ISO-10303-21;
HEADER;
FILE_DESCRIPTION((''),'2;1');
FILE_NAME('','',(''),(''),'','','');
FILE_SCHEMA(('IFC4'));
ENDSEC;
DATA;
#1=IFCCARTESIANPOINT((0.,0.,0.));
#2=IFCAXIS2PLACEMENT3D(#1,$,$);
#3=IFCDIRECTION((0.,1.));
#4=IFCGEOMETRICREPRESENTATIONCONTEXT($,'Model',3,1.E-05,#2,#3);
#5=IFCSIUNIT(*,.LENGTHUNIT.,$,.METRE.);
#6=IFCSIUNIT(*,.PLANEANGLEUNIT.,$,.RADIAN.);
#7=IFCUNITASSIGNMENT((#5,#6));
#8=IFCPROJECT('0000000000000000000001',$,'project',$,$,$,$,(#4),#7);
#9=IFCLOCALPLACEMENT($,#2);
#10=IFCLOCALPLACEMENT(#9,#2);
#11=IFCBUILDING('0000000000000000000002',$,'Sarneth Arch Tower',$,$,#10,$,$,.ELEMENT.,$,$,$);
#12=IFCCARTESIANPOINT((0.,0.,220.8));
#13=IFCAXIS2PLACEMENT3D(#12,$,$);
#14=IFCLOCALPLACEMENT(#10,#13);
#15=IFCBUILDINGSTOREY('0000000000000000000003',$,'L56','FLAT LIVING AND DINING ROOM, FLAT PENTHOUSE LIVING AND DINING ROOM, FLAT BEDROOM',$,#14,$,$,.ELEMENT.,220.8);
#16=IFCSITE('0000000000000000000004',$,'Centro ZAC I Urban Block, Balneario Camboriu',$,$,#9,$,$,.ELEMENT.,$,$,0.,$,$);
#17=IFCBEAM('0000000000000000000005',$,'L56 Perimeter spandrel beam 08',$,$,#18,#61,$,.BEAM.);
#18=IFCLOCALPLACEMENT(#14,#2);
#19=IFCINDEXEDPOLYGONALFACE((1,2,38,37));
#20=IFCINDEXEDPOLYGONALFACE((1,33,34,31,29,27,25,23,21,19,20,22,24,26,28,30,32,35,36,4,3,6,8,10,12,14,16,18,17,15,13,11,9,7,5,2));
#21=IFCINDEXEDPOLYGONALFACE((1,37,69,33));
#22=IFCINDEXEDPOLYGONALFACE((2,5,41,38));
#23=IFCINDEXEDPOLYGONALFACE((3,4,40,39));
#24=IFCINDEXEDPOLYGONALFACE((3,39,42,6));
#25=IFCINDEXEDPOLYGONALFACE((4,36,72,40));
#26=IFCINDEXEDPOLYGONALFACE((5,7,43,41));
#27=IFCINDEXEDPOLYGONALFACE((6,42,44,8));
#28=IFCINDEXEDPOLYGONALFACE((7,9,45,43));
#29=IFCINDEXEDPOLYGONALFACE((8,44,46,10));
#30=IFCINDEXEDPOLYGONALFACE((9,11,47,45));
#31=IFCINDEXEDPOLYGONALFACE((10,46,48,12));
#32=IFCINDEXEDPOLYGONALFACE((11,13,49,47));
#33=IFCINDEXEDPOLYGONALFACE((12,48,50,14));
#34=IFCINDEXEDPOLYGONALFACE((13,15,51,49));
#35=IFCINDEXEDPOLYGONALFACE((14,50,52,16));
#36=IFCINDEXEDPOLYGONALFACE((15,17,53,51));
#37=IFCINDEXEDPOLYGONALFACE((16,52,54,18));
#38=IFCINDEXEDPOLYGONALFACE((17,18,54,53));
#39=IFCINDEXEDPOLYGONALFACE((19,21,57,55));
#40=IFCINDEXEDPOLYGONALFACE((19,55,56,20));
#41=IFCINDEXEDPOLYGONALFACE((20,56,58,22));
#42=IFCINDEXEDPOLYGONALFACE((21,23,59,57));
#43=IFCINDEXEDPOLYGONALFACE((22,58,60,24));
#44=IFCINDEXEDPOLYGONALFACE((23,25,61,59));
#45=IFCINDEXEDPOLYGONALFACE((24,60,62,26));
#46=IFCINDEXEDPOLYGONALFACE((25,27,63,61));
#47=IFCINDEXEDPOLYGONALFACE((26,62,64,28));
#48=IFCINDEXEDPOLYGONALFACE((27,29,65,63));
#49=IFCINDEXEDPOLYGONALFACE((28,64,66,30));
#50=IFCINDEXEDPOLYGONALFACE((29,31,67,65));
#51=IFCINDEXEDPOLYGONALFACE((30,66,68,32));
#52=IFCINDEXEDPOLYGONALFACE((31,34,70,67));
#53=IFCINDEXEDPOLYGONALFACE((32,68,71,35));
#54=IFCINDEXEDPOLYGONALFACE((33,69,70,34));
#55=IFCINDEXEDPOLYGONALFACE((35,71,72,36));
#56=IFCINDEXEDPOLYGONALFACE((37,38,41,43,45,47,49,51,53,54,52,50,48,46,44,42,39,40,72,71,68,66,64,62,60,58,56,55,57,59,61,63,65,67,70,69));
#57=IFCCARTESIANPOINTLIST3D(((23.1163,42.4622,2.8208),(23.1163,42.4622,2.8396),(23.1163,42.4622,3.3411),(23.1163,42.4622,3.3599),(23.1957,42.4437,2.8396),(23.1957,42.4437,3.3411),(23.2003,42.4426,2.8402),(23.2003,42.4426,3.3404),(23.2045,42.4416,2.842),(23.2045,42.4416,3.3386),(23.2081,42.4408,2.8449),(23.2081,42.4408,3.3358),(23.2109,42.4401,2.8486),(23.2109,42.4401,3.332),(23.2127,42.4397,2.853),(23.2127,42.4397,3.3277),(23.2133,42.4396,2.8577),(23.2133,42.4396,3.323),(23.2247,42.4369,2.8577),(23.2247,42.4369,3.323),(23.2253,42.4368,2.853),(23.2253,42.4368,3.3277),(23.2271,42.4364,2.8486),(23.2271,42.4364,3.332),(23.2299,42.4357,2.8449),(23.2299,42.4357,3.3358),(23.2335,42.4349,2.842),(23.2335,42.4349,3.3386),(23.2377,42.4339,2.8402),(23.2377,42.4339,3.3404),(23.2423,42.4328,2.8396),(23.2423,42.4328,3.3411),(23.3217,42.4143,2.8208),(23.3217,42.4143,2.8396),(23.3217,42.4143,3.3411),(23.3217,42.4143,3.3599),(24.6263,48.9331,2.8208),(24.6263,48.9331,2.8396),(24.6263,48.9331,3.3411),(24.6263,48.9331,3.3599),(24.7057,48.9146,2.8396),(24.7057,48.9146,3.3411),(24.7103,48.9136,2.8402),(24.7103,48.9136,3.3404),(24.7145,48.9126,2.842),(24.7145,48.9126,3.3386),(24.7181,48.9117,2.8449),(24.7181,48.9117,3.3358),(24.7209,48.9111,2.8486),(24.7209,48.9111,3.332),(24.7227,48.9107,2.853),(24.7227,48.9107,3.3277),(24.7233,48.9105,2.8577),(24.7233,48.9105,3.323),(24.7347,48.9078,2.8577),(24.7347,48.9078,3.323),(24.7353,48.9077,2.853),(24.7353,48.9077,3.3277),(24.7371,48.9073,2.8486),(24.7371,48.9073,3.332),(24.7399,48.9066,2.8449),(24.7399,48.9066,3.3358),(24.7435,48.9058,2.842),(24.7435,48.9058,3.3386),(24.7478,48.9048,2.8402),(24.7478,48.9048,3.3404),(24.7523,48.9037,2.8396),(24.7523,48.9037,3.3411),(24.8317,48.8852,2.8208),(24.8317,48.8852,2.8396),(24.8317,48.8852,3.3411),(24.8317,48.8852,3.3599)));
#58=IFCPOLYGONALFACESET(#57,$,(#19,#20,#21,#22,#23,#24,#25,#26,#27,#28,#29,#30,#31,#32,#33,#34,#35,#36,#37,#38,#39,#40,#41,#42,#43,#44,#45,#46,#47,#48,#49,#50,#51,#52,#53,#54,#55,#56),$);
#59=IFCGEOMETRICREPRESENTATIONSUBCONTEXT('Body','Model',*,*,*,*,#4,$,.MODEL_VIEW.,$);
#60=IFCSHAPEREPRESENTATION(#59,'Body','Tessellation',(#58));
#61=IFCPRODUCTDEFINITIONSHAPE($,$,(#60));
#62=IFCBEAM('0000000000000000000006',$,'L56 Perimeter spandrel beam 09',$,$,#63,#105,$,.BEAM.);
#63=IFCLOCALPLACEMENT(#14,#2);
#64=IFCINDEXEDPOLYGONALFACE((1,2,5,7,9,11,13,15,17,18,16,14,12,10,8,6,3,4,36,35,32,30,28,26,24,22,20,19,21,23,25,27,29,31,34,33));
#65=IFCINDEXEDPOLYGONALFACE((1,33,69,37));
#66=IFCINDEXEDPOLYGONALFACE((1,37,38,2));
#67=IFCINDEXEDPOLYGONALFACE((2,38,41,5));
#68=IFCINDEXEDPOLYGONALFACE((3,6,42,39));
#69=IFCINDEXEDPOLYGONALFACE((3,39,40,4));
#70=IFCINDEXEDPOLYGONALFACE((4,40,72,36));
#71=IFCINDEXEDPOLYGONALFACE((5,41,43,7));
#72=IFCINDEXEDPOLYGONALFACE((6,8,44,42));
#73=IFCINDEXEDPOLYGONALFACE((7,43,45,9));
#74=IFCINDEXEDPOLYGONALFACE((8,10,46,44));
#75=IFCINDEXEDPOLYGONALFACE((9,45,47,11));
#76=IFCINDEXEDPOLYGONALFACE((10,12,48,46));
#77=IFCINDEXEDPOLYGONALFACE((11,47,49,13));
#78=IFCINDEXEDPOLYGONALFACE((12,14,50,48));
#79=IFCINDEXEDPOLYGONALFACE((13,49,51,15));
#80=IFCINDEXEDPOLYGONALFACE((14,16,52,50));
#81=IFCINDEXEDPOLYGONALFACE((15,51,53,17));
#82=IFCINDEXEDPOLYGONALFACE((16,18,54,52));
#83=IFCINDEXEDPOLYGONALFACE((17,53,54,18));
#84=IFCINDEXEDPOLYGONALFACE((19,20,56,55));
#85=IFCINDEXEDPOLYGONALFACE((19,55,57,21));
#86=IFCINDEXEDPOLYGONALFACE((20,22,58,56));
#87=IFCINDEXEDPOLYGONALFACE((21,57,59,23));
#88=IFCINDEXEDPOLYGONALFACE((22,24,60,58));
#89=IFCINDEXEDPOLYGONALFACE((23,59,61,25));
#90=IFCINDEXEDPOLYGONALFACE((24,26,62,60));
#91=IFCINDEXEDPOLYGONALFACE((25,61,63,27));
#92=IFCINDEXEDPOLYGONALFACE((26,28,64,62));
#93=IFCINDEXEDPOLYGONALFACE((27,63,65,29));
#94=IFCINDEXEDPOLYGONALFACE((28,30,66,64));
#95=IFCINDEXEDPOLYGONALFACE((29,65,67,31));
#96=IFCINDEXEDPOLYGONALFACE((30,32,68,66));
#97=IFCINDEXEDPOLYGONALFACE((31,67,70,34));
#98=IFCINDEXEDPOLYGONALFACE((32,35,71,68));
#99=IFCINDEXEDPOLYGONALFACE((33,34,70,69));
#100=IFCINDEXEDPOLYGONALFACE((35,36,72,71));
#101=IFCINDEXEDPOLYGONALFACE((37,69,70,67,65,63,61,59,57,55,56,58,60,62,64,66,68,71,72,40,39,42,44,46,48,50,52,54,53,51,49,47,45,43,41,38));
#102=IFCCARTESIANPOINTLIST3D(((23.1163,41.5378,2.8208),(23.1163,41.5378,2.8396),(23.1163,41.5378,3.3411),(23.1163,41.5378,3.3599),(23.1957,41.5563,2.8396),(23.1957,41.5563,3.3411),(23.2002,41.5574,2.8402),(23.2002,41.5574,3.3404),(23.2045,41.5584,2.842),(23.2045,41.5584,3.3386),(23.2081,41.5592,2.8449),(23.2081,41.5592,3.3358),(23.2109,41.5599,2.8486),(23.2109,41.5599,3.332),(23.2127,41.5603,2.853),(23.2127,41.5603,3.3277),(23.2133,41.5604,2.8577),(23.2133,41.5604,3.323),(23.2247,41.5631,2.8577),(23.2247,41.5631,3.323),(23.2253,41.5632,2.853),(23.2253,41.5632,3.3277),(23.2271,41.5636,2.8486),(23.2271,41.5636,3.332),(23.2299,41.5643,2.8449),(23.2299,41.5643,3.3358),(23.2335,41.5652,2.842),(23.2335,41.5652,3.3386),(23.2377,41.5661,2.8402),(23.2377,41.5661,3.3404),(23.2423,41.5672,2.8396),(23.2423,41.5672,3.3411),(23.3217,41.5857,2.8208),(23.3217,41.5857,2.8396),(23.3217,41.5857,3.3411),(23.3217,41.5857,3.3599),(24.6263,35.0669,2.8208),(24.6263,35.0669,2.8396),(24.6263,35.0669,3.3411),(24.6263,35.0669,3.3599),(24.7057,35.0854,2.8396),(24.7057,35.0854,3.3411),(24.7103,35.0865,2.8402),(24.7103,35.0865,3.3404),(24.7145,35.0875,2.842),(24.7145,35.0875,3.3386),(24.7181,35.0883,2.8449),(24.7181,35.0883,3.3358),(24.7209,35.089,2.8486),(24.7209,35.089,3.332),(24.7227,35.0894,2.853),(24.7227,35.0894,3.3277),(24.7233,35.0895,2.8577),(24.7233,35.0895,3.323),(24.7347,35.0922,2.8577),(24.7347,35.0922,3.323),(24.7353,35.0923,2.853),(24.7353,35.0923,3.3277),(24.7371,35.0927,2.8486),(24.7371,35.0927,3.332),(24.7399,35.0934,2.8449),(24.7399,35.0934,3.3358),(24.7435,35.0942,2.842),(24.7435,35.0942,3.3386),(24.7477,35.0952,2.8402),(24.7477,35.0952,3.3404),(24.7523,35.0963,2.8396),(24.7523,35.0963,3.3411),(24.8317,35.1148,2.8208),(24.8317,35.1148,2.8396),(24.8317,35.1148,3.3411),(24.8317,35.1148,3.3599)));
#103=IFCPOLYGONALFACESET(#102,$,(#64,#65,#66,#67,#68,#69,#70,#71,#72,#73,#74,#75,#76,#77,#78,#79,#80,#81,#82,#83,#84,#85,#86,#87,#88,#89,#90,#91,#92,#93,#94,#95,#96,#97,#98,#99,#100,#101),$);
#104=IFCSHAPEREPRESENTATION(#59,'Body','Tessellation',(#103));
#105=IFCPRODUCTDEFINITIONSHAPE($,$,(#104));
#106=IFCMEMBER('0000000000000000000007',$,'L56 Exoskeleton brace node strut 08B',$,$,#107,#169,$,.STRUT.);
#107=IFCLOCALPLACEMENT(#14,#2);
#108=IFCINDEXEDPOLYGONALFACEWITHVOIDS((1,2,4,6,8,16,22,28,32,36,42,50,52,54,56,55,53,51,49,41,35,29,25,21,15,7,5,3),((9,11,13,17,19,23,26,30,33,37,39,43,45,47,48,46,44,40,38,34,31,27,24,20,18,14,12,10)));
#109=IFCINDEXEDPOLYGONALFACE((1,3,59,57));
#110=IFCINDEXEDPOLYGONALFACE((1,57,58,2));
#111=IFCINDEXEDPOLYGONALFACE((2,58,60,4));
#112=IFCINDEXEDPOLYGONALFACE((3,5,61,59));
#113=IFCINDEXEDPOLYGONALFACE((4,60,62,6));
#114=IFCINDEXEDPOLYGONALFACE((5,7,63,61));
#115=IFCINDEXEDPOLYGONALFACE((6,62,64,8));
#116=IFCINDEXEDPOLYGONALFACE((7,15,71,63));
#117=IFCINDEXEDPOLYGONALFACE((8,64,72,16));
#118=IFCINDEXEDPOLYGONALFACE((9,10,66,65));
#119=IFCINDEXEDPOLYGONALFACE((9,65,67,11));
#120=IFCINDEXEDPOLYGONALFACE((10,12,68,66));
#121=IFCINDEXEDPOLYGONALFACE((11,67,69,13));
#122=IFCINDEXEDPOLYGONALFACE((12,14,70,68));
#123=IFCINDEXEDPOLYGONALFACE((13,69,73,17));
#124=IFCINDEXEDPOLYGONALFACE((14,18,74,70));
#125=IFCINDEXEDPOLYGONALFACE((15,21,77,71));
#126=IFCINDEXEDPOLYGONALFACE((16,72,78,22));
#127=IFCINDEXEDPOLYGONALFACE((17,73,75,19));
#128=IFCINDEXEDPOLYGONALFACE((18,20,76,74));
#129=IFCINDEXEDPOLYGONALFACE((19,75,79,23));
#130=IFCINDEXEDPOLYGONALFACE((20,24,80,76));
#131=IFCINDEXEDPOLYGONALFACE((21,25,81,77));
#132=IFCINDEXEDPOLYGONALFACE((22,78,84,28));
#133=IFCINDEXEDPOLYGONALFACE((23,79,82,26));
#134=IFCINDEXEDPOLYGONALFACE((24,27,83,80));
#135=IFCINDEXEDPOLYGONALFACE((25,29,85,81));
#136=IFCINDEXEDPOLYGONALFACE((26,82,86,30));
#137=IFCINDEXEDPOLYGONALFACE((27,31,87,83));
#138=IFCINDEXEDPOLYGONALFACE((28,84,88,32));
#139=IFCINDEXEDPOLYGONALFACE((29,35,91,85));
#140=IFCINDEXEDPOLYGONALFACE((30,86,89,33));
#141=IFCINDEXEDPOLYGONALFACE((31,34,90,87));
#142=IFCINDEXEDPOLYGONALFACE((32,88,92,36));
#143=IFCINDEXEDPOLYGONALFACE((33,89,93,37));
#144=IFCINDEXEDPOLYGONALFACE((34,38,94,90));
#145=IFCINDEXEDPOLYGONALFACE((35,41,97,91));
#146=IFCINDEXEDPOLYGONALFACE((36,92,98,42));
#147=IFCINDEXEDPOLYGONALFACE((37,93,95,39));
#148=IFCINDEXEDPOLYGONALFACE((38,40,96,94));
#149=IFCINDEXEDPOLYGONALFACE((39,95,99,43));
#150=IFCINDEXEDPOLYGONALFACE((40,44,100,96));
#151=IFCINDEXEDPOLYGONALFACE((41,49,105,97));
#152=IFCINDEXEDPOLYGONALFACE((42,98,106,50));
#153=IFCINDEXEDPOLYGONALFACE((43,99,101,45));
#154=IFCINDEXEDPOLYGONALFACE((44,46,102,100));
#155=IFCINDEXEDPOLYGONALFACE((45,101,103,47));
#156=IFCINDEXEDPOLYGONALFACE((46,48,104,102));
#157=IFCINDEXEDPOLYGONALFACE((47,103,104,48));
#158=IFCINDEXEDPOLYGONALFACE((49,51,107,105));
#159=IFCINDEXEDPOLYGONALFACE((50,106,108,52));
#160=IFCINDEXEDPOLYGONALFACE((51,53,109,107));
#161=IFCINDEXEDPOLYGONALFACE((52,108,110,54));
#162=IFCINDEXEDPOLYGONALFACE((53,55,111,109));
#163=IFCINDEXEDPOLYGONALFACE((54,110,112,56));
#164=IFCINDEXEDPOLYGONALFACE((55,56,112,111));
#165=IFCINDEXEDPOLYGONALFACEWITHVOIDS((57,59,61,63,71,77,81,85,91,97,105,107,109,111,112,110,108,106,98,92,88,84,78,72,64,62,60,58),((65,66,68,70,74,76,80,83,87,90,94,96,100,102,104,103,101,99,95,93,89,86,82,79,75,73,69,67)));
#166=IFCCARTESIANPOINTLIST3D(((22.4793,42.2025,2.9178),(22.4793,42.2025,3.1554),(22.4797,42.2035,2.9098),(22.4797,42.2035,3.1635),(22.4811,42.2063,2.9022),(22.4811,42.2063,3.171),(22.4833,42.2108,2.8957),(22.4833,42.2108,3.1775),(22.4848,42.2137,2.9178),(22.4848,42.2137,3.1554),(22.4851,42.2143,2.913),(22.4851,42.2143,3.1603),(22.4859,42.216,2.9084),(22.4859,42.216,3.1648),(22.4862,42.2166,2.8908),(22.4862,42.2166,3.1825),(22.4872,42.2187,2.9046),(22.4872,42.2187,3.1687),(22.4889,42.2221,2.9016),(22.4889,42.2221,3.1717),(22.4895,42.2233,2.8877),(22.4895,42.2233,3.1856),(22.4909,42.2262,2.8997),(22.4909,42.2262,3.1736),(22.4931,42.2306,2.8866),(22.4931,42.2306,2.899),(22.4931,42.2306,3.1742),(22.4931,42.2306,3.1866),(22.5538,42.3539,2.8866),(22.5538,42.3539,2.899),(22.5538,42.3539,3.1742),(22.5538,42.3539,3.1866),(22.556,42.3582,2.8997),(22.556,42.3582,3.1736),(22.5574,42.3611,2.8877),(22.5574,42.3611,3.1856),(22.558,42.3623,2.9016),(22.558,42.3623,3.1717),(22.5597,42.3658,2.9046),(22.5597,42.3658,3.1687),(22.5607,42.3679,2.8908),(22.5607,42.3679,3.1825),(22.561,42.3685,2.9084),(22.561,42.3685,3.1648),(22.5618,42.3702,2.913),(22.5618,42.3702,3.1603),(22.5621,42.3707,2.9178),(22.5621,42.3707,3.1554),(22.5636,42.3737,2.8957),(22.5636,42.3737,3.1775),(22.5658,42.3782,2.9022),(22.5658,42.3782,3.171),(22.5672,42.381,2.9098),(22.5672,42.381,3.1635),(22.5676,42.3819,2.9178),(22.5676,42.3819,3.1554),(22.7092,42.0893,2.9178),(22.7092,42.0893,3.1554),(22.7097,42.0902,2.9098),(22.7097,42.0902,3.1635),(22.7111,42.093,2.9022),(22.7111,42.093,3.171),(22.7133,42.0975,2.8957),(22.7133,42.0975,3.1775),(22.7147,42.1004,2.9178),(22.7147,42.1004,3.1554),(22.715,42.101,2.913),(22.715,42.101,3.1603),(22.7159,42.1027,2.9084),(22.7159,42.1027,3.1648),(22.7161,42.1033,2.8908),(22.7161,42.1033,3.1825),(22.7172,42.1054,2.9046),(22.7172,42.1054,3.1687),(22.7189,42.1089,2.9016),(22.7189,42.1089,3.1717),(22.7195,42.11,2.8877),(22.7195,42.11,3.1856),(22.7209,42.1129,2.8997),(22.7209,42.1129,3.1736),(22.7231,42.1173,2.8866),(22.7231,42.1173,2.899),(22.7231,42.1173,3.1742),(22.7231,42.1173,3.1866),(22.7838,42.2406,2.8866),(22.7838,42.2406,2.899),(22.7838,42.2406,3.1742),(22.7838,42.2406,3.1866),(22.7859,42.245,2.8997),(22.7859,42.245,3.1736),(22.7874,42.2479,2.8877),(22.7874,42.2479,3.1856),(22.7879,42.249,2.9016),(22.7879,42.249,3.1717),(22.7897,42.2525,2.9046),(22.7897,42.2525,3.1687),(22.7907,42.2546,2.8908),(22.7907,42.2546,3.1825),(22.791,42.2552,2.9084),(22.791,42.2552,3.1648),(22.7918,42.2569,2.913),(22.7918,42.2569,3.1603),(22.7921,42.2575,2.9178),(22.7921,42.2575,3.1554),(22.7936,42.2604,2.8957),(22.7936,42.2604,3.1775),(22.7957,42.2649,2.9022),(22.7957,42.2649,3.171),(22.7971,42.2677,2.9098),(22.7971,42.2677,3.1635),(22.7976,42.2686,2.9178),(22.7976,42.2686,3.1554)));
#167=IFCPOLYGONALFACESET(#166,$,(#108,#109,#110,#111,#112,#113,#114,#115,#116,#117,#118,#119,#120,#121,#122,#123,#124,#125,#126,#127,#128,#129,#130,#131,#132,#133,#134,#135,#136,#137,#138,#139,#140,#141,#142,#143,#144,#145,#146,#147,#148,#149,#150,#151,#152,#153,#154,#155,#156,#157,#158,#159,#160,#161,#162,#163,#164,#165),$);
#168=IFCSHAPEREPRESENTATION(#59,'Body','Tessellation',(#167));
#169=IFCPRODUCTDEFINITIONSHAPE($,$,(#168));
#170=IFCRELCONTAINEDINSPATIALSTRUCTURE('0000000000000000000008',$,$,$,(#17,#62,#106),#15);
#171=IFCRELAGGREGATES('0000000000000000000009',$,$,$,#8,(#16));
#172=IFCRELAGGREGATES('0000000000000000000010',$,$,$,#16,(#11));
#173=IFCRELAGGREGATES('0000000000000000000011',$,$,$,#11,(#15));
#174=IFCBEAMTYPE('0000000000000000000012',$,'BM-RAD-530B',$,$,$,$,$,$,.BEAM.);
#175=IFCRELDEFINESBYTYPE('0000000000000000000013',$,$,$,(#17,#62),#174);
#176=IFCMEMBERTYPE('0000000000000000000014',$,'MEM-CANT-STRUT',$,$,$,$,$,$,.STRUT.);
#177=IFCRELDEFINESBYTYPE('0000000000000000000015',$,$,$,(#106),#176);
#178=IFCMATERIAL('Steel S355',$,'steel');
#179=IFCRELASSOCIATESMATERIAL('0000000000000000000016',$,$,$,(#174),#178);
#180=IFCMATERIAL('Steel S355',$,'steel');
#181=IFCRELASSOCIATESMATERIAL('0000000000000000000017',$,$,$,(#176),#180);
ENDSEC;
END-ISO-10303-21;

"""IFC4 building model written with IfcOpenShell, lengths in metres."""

from ifc_helpers import new_model, si_unit, direction, frame, origin, origin_2d, place, context, subcontext, project, spatial, hollow_rectangle, i_section, extrude, material, material_profile, profile_set, type_object, element, save


model = new_model("IFC4")

# Units and contexts
model_context = context("Model", 3, precision=1e-05, world=origin(), true_north=direction((0.0, 1.0)))
body_context = subcontext(model_context, "Body", "Model", "MODEL_VIEW")
ifc_project = project(units=[si_unit("LENGTHUNIT", "METRE"), si_unit("PLANEANGLEUNIT", "RADIAN")], contexts=[model_context])

# Site, building, storey
site_placement = place(None, origin())
site = spatial("IfcSite", under=ifc_project, at=site_placement, Name="Centro ZAC I Urban Block, Balneario Camboriu", CompositionType="ELEMENT", RefElevation=0.0)
building_placement = place(site_placement, origin())
building = spatial("IfcBuilding", under=site, at=building_placement, Name="Sarneth Arch Tower", CompositionType="ELEMENT")
storey_placement = place(building_placement, frame((0.0, 0.0, 220.8)))
storey = spatial("IfcBuildingStorey", under=building, at=storey_placement, Name="L56", Description="FLAT LIVING AND DINING ROOM, FLAT PENTHOUSE LIVING AND DINING ROOM, FLAT BEDROOM", CompositionType="ELEMENT", Elevation=220.8)

# Beams
ifc_material_1 = material(Name="Steel S355", Category="steel")
ifc_material_profile_1 = material_profile(ifc_material_1, i_section(OverallWidth=0.2109, OverallDepth=0.5391, WebThickness=0.0117, FlangeThickness=0.0188, FilletRadius=0.0181, at=origin_2d()), Name="W530x109")
ifc_profile_set_1 = profile_set([ifc_material_profile_1], Name="Steel S355")
beam_type_1 = type_object("IfcBeamType", Name="BM-RAD-530B", PredefinedType="BEAM", material=ifc_profile_set_1)
for number, where, z_axis, x_axis, name in (
    (1, (24.729, 48.9092, 3.0903), (-0.227247, -0.973837, 0.0), (0.973837, -0.227247, 0.0), "L56 Perimeter spandrel beam 08"),
    (2, (23.219, 41.5618, 3.0903), (0.227247, -0.973837, 0.0), (0.973837, 0.227247, 0.0), "L56 Perimeter spandrel beam 09"),
):
    element("IfcBeam", number, at=place(storey_placement, frame(where, z_axis=z_axis, x_axis=x_axis)), inside=storey, type_object=beam_type_1, Name=name, PredefinedType="BEAM", context=body_context, shape_type="SweptSolid", body=[
        extrude(i_section(OverallWidth=0.2109, OverallDepth=0.5391, WebThickness=0.0117, FlangeThickness=0.0188, FilletRadius=0.0181, at=origin_2d()), origin(), (0.0, 0.0, 1.0), 6.6448),
    ])

# Member
ifc_material_2 = material(Name="Steel S355", Category="steel")
ifc_material_profile_2 = material_profile(ifc_material_2, hollow_rectangle(XDim=0.2, YDim=0.3, WallThickness=0.0125, InnerFilletRadius=0.0188, OuterFilletRadius=0.0312, at=origin_2d()), Name="RHS300x200x12.5")
ifc_profile_set_2 = profile_set([ifc_material_profile_2], Name="Steel S355")
member_type_1 = type_object("IfcMemberType", Name="MEM-CANT-STRUT", PredefinedType="STRUT", material=ifc_profile_set_2)
member_1_placement = place(storey_placement, frame((22.7534, 42.179, 3.0366), z_axis=(-0.897078, 0.441873, 0.0), x_axis=(-0.441873, -0.897078, 0.0)))
element("IfcMember", 3, at=member_1_placement, inside=storey, type_object=member_type_1, Name="L56 Exoskeleton brace node strut 08B", PredefinedType="STRUT", context=body_context, shape_type="SweptSolid", body=[
    extrude(hollow_rectangle(XDim=0.2, YDim=0.3, WallThickness=0.0125, InnerFilletRadius=0.0188, OuterFilletRadius=0.0312, at=origin_2d()), origin(), (0.0, 0.0, 1.0), 0.2563),
])

save(model, "model.ifc")
